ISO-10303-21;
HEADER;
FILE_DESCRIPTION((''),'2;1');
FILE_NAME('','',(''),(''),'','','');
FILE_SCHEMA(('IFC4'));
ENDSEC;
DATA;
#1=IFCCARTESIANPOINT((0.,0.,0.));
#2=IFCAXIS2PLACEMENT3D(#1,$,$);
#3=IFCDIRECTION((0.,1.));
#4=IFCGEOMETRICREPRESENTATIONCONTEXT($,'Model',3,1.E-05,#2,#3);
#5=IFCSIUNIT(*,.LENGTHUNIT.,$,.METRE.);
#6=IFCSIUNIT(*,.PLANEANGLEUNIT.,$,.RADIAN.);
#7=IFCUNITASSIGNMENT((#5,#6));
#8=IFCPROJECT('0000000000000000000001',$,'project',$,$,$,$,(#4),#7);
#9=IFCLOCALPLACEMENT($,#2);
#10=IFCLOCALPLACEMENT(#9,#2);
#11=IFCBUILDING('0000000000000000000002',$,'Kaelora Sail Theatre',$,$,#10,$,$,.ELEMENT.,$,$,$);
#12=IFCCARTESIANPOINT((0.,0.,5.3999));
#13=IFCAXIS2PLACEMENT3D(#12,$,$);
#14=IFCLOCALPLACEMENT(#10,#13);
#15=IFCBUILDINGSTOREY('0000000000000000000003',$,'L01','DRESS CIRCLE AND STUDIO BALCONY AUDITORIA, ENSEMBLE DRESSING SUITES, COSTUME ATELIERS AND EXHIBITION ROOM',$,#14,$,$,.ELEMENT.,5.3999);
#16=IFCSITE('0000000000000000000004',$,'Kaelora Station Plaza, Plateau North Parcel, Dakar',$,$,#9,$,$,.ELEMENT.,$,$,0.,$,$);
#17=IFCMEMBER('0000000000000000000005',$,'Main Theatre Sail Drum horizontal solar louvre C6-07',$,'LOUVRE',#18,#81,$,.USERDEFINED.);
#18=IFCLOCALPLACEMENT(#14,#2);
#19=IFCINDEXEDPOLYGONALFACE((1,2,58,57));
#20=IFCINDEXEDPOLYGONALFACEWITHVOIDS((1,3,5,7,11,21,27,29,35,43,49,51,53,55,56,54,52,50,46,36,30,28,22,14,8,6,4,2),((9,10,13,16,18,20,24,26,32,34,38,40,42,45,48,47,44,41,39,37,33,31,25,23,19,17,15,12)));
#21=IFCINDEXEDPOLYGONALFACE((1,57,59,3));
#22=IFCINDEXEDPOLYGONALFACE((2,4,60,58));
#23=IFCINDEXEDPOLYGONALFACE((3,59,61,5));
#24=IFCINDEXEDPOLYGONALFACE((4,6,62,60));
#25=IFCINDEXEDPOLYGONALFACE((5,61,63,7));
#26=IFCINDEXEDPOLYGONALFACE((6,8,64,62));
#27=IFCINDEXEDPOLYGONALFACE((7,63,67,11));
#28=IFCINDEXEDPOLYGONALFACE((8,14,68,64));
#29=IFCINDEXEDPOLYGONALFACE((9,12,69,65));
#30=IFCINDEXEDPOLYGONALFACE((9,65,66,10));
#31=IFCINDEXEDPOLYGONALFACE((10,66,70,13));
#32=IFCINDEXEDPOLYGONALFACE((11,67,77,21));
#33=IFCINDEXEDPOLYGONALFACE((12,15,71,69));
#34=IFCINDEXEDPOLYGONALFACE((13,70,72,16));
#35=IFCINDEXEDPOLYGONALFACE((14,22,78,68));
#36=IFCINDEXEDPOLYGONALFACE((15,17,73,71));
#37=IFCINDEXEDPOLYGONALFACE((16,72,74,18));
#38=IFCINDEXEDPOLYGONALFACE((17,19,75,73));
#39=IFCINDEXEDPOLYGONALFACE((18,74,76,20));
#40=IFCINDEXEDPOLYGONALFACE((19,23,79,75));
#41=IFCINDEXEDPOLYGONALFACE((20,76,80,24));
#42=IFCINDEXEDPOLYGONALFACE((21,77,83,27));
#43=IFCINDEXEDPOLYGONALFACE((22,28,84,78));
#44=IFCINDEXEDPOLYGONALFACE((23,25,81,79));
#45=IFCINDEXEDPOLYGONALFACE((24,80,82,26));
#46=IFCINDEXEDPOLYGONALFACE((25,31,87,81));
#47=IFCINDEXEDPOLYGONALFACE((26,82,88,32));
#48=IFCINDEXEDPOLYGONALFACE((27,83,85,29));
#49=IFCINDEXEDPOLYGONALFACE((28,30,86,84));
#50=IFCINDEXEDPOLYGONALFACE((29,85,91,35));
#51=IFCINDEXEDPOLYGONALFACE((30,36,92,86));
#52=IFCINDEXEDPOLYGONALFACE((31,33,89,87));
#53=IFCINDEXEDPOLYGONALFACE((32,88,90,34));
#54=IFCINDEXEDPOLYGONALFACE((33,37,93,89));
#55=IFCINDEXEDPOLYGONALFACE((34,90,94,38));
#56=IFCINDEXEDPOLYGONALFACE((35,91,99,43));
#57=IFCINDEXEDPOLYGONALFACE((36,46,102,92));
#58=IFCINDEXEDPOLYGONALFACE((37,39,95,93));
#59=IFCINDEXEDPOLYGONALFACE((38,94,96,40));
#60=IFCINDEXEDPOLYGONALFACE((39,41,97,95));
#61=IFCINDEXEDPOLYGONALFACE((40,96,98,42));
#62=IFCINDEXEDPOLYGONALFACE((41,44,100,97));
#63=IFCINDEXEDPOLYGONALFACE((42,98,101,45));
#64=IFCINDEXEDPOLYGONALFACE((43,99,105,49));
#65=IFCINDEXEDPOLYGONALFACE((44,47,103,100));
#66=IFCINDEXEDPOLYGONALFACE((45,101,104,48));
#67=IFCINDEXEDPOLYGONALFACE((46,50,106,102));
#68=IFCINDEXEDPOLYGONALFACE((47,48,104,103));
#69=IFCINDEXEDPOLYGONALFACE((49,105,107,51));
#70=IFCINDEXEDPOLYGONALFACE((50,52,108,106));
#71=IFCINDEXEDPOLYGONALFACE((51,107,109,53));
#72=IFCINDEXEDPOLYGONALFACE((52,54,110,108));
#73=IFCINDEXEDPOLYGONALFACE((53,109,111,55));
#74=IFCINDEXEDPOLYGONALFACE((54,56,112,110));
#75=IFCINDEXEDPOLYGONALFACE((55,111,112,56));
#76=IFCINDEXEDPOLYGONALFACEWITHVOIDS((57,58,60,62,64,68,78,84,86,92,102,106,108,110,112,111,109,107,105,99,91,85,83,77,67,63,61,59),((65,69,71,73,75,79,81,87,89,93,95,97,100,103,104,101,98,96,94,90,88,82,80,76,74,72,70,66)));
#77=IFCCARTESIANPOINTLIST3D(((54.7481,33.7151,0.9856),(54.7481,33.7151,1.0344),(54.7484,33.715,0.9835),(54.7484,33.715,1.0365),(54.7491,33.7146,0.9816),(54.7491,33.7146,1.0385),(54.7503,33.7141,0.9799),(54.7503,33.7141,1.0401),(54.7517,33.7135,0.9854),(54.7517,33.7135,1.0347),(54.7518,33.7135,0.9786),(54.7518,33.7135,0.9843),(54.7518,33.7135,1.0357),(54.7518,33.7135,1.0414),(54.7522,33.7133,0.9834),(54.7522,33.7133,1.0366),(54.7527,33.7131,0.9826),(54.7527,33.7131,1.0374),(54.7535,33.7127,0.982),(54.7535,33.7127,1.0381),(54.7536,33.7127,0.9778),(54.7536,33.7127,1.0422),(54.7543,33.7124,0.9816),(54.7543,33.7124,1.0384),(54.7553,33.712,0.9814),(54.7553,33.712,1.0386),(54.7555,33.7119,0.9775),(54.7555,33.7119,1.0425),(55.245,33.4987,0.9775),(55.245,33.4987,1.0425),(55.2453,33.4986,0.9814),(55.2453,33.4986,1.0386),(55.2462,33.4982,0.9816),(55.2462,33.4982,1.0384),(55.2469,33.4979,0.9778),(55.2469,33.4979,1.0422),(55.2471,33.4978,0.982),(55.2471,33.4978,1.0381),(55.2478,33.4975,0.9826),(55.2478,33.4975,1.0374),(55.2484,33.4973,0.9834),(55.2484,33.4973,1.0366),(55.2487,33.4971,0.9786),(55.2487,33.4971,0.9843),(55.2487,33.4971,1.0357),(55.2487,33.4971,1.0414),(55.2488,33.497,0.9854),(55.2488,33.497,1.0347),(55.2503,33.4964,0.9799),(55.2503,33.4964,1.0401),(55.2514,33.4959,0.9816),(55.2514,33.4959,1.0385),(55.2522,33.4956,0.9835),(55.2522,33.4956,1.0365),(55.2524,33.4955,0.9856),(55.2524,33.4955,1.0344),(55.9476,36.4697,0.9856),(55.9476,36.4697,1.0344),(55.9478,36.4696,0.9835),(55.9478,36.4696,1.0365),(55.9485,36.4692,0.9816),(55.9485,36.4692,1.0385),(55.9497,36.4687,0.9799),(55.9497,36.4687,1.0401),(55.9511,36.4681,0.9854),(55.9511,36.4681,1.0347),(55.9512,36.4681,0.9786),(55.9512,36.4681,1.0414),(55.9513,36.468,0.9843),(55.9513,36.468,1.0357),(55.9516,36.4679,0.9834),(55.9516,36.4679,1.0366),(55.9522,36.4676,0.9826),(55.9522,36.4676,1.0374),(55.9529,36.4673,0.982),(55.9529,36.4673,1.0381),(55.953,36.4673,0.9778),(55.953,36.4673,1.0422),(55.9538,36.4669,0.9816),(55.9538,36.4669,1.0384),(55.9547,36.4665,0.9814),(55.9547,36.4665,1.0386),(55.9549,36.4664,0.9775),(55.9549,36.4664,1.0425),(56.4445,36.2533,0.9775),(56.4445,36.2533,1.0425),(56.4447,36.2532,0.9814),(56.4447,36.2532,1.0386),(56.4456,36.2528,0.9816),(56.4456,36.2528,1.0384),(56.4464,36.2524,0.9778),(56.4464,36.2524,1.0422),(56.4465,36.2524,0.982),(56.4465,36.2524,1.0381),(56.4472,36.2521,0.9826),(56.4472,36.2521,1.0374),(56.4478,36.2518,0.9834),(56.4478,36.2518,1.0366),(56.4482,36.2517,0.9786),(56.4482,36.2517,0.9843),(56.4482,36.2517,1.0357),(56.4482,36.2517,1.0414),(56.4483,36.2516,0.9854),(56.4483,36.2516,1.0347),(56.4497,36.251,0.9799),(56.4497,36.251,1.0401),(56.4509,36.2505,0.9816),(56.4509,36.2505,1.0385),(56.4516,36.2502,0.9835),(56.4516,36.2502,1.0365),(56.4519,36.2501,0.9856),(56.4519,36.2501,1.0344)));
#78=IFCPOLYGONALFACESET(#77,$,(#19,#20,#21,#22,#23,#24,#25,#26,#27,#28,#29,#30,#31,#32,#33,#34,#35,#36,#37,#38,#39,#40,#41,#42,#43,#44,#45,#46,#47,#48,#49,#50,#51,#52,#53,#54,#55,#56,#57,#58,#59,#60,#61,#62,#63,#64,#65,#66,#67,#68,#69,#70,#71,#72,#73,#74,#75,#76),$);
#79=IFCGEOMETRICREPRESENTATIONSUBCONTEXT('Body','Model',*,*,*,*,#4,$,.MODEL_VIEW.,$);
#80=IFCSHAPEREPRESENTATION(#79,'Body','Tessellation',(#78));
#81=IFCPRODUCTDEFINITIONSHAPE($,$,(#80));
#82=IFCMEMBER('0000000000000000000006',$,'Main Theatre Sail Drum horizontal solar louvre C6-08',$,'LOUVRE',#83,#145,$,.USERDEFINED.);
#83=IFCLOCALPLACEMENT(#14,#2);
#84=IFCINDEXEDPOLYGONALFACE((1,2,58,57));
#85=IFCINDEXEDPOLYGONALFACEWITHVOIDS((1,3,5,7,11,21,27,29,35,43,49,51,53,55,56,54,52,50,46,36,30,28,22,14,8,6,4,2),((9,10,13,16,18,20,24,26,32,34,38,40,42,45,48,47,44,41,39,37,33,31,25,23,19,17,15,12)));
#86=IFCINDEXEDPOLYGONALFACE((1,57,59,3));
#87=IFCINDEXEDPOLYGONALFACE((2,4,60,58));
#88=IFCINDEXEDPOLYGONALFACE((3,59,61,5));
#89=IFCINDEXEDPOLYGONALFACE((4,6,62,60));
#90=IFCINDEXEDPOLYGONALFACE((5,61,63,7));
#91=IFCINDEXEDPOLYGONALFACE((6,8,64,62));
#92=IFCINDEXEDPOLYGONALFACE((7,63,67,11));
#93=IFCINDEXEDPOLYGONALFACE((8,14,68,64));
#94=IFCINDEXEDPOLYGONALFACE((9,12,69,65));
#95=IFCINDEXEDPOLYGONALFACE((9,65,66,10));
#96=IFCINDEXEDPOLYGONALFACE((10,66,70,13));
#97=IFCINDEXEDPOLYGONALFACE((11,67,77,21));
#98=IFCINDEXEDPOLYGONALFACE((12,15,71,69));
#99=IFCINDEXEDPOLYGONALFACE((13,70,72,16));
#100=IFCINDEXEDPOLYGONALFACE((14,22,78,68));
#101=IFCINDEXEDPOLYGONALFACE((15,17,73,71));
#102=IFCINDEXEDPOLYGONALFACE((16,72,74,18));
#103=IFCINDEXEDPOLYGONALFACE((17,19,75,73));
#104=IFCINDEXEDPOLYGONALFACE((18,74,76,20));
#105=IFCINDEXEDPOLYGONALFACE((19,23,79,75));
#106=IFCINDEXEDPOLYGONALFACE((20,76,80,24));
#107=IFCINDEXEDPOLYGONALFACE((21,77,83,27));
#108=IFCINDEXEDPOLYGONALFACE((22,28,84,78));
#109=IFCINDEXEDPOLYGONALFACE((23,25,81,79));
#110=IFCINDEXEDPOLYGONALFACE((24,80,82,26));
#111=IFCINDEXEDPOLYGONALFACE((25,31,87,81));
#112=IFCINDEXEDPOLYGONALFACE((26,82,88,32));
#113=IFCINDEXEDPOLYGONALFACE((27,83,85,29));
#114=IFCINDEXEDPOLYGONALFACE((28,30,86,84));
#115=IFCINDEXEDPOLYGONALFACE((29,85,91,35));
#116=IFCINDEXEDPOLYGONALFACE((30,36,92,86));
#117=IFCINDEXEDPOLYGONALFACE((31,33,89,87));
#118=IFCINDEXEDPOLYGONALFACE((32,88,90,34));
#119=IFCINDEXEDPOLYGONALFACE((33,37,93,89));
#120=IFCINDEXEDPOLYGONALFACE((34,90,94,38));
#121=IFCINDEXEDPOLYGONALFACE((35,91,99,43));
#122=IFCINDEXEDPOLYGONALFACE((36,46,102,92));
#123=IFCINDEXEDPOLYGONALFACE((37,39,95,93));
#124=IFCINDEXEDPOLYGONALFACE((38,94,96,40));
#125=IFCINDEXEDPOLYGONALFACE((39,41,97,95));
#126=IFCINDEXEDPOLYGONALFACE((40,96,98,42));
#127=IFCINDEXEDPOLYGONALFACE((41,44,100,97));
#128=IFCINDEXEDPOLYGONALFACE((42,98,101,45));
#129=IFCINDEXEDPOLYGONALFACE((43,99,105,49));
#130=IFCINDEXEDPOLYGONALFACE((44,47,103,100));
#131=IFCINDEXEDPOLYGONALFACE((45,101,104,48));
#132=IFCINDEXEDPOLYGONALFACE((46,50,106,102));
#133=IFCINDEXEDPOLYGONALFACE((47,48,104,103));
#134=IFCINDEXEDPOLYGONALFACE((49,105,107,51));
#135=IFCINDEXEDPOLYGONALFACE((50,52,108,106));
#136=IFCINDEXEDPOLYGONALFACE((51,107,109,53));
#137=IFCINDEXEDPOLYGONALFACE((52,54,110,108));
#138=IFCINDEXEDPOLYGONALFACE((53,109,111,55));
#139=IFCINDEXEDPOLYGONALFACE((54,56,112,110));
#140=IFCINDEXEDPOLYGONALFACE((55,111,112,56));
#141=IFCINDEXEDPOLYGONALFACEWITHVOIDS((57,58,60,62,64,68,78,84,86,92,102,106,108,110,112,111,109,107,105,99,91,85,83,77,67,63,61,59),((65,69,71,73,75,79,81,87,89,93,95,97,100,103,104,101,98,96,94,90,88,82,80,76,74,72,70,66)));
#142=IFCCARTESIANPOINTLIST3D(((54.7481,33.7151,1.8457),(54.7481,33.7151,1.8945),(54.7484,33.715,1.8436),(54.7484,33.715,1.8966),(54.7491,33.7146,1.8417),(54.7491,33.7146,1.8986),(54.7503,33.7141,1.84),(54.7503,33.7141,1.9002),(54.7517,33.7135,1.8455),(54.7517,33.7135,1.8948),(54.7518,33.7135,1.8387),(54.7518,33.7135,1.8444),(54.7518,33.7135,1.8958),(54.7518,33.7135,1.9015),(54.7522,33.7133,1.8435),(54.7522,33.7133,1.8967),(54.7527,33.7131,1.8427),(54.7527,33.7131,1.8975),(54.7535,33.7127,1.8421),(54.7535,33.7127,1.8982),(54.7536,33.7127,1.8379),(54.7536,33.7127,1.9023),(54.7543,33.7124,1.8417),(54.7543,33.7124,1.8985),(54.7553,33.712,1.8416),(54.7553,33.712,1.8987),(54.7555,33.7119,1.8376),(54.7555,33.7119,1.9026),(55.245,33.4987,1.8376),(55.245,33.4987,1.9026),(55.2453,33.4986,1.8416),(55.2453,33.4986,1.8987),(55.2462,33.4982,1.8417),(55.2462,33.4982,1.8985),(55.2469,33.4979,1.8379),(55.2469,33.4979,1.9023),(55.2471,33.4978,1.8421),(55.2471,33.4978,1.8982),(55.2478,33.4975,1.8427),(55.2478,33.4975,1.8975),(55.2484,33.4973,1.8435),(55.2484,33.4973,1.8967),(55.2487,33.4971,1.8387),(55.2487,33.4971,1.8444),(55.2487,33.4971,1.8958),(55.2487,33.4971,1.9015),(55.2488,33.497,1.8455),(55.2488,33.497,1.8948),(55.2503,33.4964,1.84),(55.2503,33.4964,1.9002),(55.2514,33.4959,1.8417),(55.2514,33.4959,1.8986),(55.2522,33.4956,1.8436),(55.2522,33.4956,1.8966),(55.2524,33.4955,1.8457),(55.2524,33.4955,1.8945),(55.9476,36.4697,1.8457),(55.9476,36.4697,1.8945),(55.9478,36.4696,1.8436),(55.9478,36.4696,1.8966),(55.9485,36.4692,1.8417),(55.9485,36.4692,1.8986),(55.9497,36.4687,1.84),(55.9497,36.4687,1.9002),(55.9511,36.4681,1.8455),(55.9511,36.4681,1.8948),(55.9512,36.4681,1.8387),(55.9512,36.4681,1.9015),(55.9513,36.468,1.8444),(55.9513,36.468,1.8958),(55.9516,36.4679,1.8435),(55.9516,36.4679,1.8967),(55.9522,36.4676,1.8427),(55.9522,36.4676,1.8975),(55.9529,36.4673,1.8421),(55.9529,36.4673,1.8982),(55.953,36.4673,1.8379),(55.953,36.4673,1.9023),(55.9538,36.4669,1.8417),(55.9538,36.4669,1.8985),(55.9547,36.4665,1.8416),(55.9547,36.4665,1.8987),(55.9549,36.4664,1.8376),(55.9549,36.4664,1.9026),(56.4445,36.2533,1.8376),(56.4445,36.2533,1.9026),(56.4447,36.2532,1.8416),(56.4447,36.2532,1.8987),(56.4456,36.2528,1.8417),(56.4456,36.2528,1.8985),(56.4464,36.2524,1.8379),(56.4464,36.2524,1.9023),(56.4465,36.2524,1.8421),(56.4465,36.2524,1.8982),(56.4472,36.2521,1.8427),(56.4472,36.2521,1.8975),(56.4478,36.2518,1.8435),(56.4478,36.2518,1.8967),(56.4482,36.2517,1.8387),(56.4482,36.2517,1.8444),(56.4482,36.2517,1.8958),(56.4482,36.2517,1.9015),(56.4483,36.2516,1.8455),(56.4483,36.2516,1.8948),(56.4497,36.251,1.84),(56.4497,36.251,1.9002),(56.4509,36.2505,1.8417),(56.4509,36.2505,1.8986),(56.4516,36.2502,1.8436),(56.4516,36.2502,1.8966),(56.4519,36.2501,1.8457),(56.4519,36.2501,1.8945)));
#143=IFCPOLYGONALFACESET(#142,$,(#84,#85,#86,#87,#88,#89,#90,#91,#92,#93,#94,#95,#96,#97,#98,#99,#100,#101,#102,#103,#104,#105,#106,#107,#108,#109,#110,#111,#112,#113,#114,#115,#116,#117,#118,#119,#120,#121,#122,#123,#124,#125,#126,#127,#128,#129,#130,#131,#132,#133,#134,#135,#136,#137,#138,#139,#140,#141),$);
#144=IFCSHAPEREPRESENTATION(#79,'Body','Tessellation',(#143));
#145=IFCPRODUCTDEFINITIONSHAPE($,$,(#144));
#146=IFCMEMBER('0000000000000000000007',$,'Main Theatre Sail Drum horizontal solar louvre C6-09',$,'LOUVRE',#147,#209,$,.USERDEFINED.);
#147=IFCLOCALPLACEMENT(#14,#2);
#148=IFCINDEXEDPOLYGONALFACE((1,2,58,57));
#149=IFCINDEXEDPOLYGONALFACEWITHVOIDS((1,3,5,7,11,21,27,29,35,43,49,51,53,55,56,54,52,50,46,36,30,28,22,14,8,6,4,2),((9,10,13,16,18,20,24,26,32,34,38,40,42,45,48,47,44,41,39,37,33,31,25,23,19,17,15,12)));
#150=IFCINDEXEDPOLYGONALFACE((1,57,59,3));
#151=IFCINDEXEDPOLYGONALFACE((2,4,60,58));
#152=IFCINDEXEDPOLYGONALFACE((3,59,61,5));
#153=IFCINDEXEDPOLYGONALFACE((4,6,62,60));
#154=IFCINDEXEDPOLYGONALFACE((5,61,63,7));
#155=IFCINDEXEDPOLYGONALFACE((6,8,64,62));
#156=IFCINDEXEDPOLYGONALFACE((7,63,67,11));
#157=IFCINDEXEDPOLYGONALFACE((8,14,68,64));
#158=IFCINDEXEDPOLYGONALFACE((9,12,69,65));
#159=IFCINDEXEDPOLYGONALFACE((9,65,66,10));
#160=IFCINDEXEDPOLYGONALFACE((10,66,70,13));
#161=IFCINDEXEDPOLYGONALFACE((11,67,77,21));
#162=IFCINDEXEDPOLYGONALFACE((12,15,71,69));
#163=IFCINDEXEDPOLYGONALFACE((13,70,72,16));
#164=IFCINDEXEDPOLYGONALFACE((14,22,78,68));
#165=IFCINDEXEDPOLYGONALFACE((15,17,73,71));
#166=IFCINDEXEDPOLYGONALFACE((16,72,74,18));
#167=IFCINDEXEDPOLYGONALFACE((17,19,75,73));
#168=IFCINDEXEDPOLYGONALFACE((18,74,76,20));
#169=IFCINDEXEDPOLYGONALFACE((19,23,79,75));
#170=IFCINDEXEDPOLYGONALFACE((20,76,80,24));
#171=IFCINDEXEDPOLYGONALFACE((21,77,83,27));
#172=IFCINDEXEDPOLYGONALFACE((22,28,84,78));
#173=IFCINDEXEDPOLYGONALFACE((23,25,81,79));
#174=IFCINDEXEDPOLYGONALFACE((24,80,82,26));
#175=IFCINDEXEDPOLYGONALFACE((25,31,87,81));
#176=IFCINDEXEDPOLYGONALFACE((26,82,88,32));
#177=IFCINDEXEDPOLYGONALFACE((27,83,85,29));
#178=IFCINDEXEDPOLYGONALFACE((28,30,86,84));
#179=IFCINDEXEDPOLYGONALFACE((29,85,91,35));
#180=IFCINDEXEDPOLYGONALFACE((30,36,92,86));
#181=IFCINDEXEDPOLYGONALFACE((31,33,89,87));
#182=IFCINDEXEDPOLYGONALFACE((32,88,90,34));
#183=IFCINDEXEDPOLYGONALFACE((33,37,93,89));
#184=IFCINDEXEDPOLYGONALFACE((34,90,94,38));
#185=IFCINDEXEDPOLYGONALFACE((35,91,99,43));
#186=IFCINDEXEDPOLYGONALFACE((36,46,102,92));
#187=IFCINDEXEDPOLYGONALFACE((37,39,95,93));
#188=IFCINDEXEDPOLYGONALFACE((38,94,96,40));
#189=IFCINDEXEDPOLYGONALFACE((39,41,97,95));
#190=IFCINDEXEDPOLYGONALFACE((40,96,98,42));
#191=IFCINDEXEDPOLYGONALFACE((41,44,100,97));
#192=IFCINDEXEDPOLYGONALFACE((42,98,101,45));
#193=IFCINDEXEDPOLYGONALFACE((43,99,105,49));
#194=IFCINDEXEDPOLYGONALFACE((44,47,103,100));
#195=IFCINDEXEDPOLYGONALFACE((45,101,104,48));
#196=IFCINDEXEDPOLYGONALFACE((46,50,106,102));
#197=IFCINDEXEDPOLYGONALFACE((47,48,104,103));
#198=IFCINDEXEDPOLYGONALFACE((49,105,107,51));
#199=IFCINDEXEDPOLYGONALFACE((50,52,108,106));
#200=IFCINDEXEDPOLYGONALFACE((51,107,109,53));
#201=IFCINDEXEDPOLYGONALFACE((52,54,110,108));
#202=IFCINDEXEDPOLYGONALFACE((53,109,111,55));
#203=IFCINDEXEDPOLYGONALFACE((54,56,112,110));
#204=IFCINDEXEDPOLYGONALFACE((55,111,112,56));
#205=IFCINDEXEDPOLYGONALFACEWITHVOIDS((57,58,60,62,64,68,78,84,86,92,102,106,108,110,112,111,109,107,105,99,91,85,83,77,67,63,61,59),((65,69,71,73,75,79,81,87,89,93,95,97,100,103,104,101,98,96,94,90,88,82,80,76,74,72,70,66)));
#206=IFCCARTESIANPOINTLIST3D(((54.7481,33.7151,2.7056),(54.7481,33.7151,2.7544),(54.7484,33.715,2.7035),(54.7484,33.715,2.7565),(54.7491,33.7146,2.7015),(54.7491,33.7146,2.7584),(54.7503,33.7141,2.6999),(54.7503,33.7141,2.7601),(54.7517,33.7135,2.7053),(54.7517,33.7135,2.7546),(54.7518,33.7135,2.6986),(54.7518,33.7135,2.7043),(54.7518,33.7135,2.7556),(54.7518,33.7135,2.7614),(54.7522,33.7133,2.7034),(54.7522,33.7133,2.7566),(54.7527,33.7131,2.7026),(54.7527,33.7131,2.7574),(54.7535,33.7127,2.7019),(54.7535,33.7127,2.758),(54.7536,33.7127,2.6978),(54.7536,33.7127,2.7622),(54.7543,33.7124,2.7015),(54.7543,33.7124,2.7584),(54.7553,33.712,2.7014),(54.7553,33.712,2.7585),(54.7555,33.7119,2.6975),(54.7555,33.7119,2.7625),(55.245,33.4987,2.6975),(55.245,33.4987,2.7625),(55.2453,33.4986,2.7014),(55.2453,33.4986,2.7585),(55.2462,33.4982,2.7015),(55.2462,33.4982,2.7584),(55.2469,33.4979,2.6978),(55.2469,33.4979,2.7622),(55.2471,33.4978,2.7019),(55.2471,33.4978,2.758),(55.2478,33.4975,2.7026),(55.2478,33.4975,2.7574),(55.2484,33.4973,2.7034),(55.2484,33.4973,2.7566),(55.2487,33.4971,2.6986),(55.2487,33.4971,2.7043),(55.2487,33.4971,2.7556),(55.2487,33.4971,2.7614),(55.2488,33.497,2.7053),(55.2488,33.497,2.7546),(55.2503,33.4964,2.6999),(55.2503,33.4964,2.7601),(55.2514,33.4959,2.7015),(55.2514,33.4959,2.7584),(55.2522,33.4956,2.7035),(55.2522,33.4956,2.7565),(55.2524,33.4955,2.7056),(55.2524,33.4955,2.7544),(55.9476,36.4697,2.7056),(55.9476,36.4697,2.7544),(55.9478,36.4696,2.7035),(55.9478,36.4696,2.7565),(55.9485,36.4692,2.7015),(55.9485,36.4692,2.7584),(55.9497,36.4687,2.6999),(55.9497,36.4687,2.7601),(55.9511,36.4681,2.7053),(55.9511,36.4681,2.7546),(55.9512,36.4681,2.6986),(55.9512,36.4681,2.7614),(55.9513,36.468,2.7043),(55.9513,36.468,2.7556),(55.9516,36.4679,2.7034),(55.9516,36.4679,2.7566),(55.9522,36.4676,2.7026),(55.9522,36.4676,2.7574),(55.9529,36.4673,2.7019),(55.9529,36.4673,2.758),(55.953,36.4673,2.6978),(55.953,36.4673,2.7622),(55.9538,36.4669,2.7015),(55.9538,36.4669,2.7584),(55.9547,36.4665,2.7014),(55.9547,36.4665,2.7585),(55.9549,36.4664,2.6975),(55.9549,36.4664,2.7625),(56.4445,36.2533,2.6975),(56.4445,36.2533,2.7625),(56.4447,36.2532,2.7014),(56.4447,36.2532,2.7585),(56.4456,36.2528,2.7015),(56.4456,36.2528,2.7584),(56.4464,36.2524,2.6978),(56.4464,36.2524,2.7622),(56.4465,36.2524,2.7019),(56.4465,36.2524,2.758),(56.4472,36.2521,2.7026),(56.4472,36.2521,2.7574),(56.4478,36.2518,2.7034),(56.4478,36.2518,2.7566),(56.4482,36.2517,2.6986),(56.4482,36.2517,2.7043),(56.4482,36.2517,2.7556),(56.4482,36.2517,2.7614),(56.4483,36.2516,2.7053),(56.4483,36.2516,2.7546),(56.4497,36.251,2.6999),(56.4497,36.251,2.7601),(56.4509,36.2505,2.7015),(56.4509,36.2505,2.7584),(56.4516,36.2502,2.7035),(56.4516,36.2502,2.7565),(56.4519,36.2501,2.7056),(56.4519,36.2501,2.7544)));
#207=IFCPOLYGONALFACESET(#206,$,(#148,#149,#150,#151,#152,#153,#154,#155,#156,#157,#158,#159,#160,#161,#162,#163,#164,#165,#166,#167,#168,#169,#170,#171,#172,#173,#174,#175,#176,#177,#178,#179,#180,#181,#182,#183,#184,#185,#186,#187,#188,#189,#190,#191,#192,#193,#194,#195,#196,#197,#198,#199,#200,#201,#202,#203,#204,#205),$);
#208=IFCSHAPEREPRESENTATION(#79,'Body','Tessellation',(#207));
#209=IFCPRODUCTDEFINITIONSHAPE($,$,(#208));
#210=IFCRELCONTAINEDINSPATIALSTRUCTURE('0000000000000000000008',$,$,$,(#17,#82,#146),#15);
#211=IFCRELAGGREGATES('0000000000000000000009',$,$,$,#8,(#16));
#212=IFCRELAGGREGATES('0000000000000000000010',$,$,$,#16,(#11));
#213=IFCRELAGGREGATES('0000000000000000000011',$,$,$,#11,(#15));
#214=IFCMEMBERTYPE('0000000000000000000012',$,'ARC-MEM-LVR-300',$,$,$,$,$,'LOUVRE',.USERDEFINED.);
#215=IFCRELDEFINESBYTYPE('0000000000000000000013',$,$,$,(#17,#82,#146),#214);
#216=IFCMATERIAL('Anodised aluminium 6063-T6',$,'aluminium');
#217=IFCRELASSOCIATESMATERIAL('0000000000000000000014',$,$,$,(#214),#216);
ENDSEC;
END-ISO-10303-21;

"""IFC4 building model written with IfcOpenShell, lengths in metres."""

from ifc_helpers import new_model, si_unit, direction, frame, origin, origin_2d, place, context, subcontext, project, spatial, hollow_rectangle, extrude, material, material_profile, profile_set, type_object, element, save


model = new_model("IFC4")

# Units and contexts
model_context = context("Model", 3, precision=1e-05, world=origin(), true_north=direction((0.0, 1.0)))
body_context = subcontext(model_context, "Body", "Model", "MODEL_VIEW")
ifc_project = project(units=[si_unit("LENGTHUNIT", "METRE"), si_unit("PLANEANGLEUNIT", "RADIAN")], contexts=[model_context])

# Site, building, storey
site_placement = place(None, origin())
site = spatial("IfcSite", under=ifc_project, at=site_placement, Name="Kaelora Station Plaza, Plateau North Parcel, Dakar", CompositionType="ELEMENT", RefElevation=0.0)
building_placement = place(site_placement, origin())
building = spatial("IfcBuilding", under=site, at=building_placement, Name="Kaelora Sail Theatre", CompositionType="ELEMENT")
storey_placement = place(building_placement, frame((0.0, 0.0, 5.3999)))
storey = spatial("IfcBuildingStorey", under=building, at=storey_placement, Name="L01", Description="DRESS CIRCLE AND STUDIO BALCONY AUDITORIA, ENSEMBLE DRESSING SUITES, COSTUME ATELIERS AND EXHIBITION ROOM", CompositionType="ELEMENT", Elevation=5.3999)

# Members
ifc_material_1 = material(Name="Anodised aluminium 6063-T6", Category="aluminium")
ifc_material_profile_1 = material_profile(ifc_material_1, hollow_rectangle(XDim=0.55, YDim=0.0649, WallThickness=0.0039, InnerFilletRadius=0.0039, OuterFilletRadius=0.0081, at=origin_2d()), Name="LOUVRE 550x65x4")
ifc_profile_set_1 = profile_set([ifc_material_profile_1], Name="Anodised aluminium 6063-T6")
member_type_1 = type_object("IfcMemberType", Name="ARC-MEM-LVR-300", ElementType="LOUVRE", PredefinedType="USERDEFINED", material=ifc_profile_set_1)
for number, where, z_axis, x_axis, name in (
    (1, (56.1997, 36.3599, 1.01), (-0.399228, -0.916852, 0.0), (0.916852, -0.399228, 0.0), "Main Theatre Sail Drum horizontal solar louvre C6-07"),
    (2, (56.1997, 36.3599, 1.8701), (-0.399228, -0.916852, 0.0), (0.916852, -0.399228, 0.0), "Main Theatre Sail Drum horizontal solar louvre C6-08"),
    (3, (56.1997, 36.3599, 2.73), (-0.399228, -0.916852, 0.0), (0.916852, -0.399228, 0.0), "Main Theatre Sail Drum horizontal solar louvre C6-09"),
):
    element("IfcMember", number, at=place(storey_placement, frame(where, z_axis=z_axis, x_axis=x_axis)), inside=storey, type_object=member_type_1, Name=name, ObjectType="LOUVRE", PredefinedType="USERDEFINED", context=body_context, shape_type="SweptSolid", body=[
        extrude(hollow_rectangle(XDim=0.55, YDim=0.0649, WallThickness=0.0039, InnerFilletRadius=0.0039, OuterFilletRadius=0.0081, at=origin_2d()), origin(), (0.0, 0.0, 1.0), 3.0044),
    ])

save(model, "model.ifc")
